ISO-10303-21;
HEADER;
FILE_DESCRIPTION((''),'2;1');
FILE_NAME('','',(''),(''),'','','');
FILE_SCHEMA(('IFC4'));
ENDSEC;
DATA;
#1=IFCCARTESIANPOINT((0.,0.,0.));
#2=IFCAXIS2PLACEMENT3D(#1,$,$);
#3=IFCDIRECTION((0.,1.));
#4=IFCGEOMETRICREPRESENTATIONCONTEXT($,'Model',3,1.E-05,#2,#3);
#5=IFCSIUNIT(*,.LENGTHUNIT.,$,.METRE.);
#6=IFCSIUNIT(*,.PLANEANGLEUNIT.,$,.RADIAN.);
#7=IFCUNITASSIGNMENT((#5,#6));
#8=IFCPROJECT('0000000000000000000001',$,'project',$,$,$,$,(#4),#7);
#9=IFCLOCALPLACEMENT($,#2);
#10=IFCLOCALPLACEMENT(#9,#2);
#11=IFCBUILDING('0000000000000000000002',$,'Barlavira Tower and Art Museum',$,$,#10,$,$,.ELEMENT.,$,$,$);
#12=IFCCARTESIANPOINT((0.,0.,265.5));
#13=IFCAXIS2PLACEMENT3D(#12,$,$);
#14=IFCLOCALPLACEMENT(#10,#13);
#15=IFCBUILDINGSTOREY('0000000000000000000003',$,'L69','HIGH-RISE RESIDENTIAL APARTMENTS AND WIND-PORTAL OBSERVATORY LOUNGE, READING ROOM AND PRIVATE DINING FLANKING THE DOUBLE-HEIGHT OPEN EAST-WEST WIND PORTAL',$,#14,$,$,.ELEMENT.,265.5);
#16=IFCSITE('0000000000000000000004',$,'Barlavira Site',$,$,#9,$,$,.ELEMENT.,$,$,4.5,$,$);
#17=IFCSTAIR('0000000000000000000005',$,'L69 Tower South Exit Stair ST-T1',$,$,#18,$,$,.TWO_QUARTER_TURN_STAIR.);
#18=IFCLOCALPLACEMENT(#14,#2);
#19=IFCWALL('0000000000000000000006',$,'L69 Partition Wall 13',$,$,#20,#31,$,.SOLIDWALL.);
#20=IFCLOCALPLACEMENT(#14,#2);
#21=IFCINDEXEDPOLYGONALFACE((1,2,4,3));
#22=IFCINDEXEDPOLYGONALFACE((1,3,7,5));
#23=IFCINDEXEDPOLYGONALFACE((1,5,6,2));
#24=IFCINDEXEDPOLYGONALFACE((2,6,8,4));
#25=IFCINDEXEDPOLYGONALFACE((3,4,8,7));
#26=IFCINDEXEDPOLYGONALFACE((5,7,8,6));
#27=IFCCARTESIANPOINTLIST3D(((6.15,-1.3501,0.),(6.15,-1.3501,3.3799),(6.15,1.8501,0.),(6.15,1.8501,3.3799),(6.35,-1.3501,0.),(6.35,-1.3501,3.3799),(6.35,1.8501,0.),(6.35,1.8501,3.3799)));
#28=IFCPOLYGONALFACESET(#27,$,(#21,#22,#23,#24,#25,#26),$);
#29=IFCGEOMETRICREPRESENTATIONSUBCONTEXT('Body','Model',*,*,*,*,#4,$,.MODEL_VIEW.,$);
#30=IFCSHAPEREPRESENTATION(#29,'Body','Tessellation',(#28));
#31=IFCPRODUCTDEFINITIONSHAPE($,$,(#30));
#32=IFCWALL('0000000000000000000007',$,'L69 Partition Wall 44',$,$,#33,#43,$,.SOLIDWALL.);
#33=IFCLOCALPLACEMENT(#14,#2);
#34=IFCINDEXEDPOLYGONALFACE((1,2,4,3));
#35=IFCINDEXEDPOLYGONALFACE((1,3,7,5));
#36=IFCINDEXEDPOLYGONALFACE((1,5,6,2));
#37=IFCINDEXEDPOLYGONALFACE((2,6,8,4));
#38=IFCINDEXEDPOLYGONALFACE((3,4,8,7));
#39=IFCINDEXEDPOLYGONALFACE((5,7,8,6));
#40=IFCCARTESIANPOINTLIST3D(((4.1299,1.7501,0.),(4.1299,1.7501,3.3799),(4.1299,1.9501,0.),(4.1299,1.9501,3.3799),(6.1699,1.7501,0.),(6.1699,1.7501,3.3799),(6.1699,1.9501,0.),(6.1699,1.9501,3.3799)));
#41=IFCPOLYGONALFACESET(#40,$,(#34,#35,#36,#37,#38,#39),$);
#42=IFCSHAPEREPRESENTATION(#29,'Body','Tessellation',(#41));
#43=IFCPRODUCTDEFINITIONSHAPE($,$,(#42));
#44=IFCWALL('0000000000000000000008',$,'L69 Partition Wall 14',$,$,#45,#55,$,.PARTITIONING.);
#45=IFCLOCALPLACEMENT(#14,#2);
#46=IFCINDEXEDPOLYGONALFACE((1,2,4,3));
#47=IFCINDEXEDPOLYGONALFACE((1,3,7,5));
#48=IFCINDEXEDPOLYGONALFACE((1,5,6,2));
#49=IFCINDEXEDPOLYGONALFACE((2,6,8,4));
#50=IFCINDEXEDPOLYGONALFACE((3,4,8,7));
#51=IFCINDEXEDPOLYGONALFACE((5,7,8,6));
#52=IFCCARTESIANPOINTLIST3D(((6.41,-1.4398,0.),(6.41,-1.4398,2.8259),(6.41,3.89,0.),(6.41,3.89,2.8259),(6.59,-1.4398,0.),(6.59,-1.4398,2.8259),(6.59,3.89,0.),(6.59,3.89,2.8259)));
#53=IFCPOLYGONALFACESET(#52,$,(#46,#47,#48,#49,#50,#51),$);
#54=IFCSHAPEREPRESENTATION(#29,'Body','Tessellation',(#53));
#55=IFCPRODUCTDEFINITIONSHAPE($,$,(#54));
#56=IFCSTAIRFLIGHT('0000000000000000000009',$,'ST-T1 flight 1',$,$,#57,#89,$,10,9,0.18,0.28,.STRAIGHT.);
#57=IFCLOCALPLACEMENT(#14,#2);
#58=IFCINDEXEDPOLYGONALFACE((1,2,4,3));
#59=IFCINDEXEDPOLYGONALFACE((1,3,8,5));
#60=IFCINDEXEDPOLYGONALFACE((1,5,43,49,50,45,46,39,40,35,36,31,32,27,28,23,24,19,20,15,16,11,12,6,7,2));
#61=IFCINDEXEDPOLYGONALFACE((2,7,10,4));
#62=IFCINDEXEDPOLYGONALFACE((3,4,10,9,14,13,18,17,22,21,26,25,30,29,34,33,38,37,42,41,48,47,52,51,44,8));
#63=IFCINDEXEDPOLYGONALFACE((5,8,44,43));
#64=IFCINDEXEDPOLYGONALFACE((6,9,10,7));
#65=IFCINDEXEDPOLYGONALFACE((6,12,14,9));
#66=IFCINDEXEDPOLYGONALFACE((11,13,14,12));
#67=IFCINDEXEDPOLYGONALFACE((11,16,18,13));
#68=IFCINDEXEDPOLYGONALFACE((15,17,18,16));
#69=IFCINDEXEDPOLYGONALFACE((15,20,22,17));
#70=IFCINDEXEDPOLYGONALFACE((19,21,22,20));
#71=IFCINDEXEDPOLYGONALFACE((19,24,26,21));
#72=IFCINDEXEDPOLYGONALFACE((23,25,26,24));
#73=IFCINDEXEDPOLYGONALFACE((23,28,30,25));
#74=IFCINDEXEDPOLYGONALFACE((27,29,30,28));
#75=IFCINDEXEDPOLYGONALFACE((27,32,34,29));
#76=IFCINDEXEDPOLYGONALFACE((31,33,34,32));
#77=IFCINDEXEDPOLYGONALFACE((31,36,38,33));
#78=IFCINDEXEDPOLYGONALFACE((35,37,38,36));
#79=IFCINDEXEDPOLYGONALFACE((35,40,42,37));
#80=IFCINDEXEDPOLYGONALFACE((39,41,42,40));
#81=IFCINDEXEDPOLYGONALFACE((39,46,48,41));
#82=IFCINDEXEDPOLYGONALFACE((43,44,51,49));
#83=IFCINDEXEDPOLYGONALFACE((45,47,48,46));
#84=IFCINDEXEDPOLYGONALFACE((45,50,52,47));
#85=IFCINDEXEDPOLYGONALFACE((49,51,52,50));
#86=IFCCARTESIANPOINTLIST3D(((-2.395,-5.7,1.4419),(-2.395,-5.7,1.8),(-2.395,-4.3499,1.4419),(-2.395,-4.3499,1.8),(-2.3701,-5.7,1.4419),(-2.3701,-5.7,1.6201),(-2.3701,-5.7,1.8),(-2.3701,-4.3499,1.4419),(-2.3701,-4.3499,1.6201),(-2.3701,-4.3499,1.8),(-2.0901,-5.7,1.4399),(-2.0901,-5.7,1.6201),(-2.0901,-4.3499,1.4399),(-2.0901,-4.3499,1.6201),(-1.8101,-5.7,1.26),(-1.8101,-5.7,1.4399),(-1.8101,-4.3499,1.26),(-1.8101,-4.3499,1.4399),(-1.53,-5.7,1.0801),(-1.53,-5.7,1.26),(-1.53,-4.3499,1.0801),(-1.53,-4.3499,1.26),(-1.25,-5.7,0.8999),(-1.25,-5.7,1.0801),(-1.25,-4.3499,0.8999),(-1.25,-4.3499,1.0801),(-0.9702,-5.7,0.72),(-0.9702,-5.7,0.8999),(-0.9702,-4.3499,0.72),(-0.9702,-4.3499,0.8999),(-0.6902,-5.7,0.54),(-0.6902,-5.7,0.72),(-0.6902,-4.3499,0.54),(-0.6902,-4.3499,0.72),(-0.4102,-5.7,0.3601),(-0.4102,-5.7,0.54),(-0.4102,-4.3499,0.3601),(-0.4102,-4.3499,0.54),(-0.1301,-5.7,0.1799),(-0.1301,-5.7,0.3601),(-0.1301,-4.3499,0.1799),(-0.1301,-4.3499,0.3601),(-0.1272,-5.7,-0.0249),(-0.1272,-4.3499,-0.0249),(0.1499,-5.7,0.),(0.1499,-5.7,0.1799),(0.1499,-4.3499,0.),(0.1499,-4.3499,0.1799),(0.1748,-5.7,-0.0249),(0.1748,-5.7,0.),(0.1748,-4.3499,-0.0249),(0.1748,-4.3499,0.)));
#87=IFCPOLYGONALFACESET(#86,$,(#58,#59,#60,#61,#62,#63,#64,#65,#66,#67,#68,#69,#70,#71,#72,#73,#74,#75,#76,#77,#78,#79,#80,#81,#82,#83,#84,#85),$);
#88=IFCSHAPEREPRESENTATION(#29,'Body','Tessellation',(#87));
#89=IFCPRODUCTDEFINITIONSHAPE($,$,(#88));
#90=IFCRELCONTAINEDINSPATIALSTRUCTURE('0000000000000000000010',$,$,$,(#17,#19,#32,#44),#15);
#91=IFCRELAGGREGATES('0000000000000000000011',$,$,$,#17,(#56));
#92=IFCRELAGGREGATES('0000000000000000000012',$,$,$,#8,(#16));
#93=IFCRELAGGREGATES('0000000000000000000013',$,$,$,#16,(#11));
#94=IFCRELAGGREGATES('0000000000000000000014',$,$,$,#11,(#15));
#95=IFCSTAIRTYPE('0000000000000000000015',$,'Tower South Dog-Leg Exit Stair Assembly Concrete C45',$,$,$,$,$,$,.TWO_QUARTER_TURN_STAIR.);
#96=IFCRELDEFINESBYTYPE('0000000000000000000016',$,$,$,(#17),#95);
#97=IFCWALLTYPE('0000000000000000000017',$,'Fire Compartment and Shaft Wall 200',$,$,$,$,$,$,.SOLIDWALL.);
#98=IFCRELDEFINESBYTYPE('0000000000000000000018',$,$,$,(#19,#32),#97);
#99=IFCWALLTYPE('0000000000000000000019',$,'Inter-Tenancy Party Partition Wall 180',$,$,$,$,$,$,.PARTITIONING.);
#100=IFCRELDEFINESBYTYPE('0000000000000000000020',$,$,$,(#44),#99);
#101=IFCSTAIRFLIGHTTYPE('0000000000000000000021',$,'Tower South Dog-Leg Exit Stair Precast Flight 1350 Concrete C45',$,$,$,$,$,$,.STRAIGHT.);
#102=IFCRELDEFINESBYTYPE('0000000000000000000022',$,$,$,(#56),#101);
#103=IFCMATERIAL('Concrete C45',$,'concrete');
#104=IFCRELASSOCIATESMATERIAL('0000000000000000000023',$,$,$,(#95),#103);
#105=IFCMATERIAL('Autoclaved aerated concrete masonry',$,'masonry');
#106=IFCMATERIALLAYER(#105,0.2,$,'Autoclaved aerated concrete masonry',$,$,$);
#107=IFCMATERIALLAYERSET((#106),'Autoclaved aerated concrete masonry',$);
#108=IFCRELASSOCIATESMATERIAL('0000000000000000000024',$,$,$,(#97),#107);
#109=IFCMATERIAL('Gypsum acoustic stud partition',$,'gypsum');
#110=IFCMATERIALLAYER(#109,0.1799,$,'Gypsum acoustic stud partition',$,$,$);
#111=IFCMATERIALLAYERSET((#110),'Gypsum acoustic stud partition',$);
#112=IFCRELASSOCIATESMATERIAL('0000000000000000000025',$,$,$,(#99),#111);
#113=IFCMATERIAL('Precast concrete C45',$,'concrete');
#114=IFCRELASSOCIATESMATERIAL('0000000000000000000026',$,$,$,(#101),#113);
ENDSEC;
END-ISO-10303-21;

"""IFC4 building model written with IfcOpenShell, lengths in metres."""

from ifc_helpers import new_model, si_unit, direction, frame, frame_2d, origin, place, context, subcontext, project, spatial, polyline, rectangle, outline, extrude, material, layer, layer_set, type_object, element, aggregate, save


model = new_model("IFC4")

# Units and contexts
model_context = context("Model", 3, precision=1e-05, world=origin(), true_north=direction((0.0, 1.0)))
body_context = subcontext(model_context, "Body", "Model", "MODEL_VIEW")
ifc_project = project(units=[si_unit("LENGTHUNIT", "METRE"), si_unit("PLANEANGLEUNIT", "RADIAN")], contexts=[model_context])

# Site, building, storey
site_placement = place(None, origin())
site = spatial("IfcSite", under=ifc_project, at=site_placement, Name="Barlavira Site", CompositionType="ELEMENT", RefElevation=4.5)
building_placement = place(site_placement, origin())
building = spatial("IfcBuilding", under=site, at=building_placement, Name="Barlavira Tower and Art Museum", CompositionType="ELEMENT")
storey_placement = place(building_placement, frame((0.0, 0.0, 265.5)))
storey = spatial("IfcBuildingStorey", under=building, at=storey_placement, Name="L69", Description="HIGH-RISE RESIDENTIAL APARTMENTS AND WIND-PORTAL OBSERVATORY LOUNGE, READING ROOM AND PRIVATE DINING FLANKING THE DOUBLE-HEIGHT OPEN EAST-WEST WIND PORTAL", CompositionType="ELEMENT", Elevation=265.5)

# Stair
ifc_material_1 = material(Name="Concrete C45", Category="concrete")
stair_type_1 = type_object("IfcStairType", Name="Tower South Dog-Leg Exit Stair Assembly Concrete C45", PredefinedType="TWO_QUARTER_TURN_STAIR", material=ifc_material_1)
stair_1_placement = place(storey_placement, origin())
stair_1 = element("IfcStair", 1, at=stair_1_placement, inside=storey, type_object=stair_type_1, Name="L69 Tower South Exit Stair ST-T1", PredefinedType="TWO_QUARTER_TURN_STAIR")

# Shared definitions
ifc_material_2 = material(Name="Autoclaved aerated concrete masonry", Category="masonry")
ifc_layer_1 = layer(ifc_material_2, 0.2, Name="Autoclaved aerated concrete masonry")
ifc_layer_set_1 = layer_set([ifc_layer_1], Name="Autoclaved aerated concrete masonry")
wall_type_1 = type_object("IfcWallType", Name="Fire Compartment and Shaft Wall 200", PredefinedType="SOLIDWALL", material=ifc_layer_set_1)

# Walls
wall_1_placement = place(storey_placement, frame((6.25, -1.3501, 0.0), z_axis=(0.0, 0.0, 1.0), x_axis=(0.0, 1.0, 0.0)))
element("IfcWall", 2, at=wall_1_placement, inside=storey, type_object=wall_type_1, Name="L69 Partition Wall 13", PredefinedType="SOLIDWALL", context=body_context, shape_type="SweptSolid", body=[
    extrude(rectangle(XDim=3.2002, YDim=0.2, at=frame_2d((1.6001, 0.0))), origin(), (0.0, 0.0, 1.0), 3.3799),
])
wall_2_placement = place(storey_placement, frame((4.1299, 1.8501, 0.0), z_axis=(0.0, 0.0, 1.0), x_axis=(1.0, 0.0, 0.0)))
element("IfcWall", 3, at=wall_2_placement, inside=storey, type_object=wall_type_1, Name="L69 Partition Wall 44", PredefinedType="SOLIDWALL", context=body_context, shape_type="SweptSolid", body=[
    extrude(rectangle(XDim=2.04, YDim=0.2, at=frame_2d((1.02, 0.0))), origin(), (0.0, 0.0, 1.0), 3.3799),
])
ifc_material_3 = material(Name="Gypsum acoustic stud partition", Category="gypsum")
ifc_layer_2 = layer(ifc_material_3, 0.1799, Name="Gypsum acoustic stud partition")
ifc_layer_set_2 = layer_set([ifc_layer_2], Name="Gypsum acoustic stud partition")
wall_type_2 = type_object("IfcWallType", Name="Inter-Tenancy Party Partition Wall 180", PredefinedType="PARTITIONING", material=ifc_layer_set_2)
wall_3_placement = place(storey_placement, frame((6.5, -1.4399, 0.0), z_axis=(0.0, 0.0, 1.0), x_axis=(0.0, 1.0, 0.0)))
element("IfcWall", 4, at=wall_3_placement, inside=storey, type_object=wall_type_2, Name="L69 Partition Wall 14", PredefinedType="PARTITIONING", context=body_context, shape_type="SweptSolid", body=[
    extrude(rectangle(XDim=5.3298, YDim=0.1799, at=frame_2d((2.665, 0.0))), origin(), (0.0, 0.0, 1.0), 2.8259),
])

# Stair flight
ifc_material_4 = material(Name="Precast concrete C45", Category="concrete")
stair_flight_type = type_object("IfcStairFlightType", Name="Tower South Dog-Leg Exit Stair Precast Flight 1350 Concrete C45", PredefinedType="STRAIGHT", material=ifc_material_4)
stair_flight_placement = place(storey_placement, frame((0.1499, -5.0249, 0.0), z_axis=(0.0, 0.0, 1.0), x_axis=(-1.0, 0.0, 0.0)))
stair_flight = element("IfcStairFlight", 5, at=stair_flight_placement, type_object=stair_flight_type, Name="ST-T1 flight 1", NumberOfRisers=10, NumberOfTreads=9, PredefinedType="STRAIGHT", RiserHeight=0.18, TreadLength=0.28, context=body_context, shape_type="SweptSolid", body=[
    extrude(outline(polyline([(-0.0249, 0.0), (0.0, 0.0), (0.0, 0.1799), (0.28, 0.1799), (0.28, 0.3601), (0.5601, 0.3601), (0.5601, 0.54), (0.8401, 0.54), (0.8401, 0.72), (1.1201, 0.72), (1.1201, 0.8999), (1.3999, 0.8999), (1.3999, 1.0801), (1.6799, 1.0801), (1.6799, 1.26), (1.96, 1.26), (1.96, 1.4399), (2.24, 1.4399), (2.24, 1.6201), (2.52, 1.6201), (2.52, 1.8), (2.5449, 1.8), (2.5449, 1.4419), (2.52, 1.4419), (0.2771, -0.0249), (-0.0249, -0.0249), (-0.0249, 0.0)])), frame((0.0, 0.675, 0.0), z_axis=(0.0, -1.0, 0.0), x_axis=(1.0, 0.0, 0.0)), (0.0, 0.0, 1.0), 1.3501),
])
aggregate(stair_1, [stair_flight])

save(model, "model.ifc")
